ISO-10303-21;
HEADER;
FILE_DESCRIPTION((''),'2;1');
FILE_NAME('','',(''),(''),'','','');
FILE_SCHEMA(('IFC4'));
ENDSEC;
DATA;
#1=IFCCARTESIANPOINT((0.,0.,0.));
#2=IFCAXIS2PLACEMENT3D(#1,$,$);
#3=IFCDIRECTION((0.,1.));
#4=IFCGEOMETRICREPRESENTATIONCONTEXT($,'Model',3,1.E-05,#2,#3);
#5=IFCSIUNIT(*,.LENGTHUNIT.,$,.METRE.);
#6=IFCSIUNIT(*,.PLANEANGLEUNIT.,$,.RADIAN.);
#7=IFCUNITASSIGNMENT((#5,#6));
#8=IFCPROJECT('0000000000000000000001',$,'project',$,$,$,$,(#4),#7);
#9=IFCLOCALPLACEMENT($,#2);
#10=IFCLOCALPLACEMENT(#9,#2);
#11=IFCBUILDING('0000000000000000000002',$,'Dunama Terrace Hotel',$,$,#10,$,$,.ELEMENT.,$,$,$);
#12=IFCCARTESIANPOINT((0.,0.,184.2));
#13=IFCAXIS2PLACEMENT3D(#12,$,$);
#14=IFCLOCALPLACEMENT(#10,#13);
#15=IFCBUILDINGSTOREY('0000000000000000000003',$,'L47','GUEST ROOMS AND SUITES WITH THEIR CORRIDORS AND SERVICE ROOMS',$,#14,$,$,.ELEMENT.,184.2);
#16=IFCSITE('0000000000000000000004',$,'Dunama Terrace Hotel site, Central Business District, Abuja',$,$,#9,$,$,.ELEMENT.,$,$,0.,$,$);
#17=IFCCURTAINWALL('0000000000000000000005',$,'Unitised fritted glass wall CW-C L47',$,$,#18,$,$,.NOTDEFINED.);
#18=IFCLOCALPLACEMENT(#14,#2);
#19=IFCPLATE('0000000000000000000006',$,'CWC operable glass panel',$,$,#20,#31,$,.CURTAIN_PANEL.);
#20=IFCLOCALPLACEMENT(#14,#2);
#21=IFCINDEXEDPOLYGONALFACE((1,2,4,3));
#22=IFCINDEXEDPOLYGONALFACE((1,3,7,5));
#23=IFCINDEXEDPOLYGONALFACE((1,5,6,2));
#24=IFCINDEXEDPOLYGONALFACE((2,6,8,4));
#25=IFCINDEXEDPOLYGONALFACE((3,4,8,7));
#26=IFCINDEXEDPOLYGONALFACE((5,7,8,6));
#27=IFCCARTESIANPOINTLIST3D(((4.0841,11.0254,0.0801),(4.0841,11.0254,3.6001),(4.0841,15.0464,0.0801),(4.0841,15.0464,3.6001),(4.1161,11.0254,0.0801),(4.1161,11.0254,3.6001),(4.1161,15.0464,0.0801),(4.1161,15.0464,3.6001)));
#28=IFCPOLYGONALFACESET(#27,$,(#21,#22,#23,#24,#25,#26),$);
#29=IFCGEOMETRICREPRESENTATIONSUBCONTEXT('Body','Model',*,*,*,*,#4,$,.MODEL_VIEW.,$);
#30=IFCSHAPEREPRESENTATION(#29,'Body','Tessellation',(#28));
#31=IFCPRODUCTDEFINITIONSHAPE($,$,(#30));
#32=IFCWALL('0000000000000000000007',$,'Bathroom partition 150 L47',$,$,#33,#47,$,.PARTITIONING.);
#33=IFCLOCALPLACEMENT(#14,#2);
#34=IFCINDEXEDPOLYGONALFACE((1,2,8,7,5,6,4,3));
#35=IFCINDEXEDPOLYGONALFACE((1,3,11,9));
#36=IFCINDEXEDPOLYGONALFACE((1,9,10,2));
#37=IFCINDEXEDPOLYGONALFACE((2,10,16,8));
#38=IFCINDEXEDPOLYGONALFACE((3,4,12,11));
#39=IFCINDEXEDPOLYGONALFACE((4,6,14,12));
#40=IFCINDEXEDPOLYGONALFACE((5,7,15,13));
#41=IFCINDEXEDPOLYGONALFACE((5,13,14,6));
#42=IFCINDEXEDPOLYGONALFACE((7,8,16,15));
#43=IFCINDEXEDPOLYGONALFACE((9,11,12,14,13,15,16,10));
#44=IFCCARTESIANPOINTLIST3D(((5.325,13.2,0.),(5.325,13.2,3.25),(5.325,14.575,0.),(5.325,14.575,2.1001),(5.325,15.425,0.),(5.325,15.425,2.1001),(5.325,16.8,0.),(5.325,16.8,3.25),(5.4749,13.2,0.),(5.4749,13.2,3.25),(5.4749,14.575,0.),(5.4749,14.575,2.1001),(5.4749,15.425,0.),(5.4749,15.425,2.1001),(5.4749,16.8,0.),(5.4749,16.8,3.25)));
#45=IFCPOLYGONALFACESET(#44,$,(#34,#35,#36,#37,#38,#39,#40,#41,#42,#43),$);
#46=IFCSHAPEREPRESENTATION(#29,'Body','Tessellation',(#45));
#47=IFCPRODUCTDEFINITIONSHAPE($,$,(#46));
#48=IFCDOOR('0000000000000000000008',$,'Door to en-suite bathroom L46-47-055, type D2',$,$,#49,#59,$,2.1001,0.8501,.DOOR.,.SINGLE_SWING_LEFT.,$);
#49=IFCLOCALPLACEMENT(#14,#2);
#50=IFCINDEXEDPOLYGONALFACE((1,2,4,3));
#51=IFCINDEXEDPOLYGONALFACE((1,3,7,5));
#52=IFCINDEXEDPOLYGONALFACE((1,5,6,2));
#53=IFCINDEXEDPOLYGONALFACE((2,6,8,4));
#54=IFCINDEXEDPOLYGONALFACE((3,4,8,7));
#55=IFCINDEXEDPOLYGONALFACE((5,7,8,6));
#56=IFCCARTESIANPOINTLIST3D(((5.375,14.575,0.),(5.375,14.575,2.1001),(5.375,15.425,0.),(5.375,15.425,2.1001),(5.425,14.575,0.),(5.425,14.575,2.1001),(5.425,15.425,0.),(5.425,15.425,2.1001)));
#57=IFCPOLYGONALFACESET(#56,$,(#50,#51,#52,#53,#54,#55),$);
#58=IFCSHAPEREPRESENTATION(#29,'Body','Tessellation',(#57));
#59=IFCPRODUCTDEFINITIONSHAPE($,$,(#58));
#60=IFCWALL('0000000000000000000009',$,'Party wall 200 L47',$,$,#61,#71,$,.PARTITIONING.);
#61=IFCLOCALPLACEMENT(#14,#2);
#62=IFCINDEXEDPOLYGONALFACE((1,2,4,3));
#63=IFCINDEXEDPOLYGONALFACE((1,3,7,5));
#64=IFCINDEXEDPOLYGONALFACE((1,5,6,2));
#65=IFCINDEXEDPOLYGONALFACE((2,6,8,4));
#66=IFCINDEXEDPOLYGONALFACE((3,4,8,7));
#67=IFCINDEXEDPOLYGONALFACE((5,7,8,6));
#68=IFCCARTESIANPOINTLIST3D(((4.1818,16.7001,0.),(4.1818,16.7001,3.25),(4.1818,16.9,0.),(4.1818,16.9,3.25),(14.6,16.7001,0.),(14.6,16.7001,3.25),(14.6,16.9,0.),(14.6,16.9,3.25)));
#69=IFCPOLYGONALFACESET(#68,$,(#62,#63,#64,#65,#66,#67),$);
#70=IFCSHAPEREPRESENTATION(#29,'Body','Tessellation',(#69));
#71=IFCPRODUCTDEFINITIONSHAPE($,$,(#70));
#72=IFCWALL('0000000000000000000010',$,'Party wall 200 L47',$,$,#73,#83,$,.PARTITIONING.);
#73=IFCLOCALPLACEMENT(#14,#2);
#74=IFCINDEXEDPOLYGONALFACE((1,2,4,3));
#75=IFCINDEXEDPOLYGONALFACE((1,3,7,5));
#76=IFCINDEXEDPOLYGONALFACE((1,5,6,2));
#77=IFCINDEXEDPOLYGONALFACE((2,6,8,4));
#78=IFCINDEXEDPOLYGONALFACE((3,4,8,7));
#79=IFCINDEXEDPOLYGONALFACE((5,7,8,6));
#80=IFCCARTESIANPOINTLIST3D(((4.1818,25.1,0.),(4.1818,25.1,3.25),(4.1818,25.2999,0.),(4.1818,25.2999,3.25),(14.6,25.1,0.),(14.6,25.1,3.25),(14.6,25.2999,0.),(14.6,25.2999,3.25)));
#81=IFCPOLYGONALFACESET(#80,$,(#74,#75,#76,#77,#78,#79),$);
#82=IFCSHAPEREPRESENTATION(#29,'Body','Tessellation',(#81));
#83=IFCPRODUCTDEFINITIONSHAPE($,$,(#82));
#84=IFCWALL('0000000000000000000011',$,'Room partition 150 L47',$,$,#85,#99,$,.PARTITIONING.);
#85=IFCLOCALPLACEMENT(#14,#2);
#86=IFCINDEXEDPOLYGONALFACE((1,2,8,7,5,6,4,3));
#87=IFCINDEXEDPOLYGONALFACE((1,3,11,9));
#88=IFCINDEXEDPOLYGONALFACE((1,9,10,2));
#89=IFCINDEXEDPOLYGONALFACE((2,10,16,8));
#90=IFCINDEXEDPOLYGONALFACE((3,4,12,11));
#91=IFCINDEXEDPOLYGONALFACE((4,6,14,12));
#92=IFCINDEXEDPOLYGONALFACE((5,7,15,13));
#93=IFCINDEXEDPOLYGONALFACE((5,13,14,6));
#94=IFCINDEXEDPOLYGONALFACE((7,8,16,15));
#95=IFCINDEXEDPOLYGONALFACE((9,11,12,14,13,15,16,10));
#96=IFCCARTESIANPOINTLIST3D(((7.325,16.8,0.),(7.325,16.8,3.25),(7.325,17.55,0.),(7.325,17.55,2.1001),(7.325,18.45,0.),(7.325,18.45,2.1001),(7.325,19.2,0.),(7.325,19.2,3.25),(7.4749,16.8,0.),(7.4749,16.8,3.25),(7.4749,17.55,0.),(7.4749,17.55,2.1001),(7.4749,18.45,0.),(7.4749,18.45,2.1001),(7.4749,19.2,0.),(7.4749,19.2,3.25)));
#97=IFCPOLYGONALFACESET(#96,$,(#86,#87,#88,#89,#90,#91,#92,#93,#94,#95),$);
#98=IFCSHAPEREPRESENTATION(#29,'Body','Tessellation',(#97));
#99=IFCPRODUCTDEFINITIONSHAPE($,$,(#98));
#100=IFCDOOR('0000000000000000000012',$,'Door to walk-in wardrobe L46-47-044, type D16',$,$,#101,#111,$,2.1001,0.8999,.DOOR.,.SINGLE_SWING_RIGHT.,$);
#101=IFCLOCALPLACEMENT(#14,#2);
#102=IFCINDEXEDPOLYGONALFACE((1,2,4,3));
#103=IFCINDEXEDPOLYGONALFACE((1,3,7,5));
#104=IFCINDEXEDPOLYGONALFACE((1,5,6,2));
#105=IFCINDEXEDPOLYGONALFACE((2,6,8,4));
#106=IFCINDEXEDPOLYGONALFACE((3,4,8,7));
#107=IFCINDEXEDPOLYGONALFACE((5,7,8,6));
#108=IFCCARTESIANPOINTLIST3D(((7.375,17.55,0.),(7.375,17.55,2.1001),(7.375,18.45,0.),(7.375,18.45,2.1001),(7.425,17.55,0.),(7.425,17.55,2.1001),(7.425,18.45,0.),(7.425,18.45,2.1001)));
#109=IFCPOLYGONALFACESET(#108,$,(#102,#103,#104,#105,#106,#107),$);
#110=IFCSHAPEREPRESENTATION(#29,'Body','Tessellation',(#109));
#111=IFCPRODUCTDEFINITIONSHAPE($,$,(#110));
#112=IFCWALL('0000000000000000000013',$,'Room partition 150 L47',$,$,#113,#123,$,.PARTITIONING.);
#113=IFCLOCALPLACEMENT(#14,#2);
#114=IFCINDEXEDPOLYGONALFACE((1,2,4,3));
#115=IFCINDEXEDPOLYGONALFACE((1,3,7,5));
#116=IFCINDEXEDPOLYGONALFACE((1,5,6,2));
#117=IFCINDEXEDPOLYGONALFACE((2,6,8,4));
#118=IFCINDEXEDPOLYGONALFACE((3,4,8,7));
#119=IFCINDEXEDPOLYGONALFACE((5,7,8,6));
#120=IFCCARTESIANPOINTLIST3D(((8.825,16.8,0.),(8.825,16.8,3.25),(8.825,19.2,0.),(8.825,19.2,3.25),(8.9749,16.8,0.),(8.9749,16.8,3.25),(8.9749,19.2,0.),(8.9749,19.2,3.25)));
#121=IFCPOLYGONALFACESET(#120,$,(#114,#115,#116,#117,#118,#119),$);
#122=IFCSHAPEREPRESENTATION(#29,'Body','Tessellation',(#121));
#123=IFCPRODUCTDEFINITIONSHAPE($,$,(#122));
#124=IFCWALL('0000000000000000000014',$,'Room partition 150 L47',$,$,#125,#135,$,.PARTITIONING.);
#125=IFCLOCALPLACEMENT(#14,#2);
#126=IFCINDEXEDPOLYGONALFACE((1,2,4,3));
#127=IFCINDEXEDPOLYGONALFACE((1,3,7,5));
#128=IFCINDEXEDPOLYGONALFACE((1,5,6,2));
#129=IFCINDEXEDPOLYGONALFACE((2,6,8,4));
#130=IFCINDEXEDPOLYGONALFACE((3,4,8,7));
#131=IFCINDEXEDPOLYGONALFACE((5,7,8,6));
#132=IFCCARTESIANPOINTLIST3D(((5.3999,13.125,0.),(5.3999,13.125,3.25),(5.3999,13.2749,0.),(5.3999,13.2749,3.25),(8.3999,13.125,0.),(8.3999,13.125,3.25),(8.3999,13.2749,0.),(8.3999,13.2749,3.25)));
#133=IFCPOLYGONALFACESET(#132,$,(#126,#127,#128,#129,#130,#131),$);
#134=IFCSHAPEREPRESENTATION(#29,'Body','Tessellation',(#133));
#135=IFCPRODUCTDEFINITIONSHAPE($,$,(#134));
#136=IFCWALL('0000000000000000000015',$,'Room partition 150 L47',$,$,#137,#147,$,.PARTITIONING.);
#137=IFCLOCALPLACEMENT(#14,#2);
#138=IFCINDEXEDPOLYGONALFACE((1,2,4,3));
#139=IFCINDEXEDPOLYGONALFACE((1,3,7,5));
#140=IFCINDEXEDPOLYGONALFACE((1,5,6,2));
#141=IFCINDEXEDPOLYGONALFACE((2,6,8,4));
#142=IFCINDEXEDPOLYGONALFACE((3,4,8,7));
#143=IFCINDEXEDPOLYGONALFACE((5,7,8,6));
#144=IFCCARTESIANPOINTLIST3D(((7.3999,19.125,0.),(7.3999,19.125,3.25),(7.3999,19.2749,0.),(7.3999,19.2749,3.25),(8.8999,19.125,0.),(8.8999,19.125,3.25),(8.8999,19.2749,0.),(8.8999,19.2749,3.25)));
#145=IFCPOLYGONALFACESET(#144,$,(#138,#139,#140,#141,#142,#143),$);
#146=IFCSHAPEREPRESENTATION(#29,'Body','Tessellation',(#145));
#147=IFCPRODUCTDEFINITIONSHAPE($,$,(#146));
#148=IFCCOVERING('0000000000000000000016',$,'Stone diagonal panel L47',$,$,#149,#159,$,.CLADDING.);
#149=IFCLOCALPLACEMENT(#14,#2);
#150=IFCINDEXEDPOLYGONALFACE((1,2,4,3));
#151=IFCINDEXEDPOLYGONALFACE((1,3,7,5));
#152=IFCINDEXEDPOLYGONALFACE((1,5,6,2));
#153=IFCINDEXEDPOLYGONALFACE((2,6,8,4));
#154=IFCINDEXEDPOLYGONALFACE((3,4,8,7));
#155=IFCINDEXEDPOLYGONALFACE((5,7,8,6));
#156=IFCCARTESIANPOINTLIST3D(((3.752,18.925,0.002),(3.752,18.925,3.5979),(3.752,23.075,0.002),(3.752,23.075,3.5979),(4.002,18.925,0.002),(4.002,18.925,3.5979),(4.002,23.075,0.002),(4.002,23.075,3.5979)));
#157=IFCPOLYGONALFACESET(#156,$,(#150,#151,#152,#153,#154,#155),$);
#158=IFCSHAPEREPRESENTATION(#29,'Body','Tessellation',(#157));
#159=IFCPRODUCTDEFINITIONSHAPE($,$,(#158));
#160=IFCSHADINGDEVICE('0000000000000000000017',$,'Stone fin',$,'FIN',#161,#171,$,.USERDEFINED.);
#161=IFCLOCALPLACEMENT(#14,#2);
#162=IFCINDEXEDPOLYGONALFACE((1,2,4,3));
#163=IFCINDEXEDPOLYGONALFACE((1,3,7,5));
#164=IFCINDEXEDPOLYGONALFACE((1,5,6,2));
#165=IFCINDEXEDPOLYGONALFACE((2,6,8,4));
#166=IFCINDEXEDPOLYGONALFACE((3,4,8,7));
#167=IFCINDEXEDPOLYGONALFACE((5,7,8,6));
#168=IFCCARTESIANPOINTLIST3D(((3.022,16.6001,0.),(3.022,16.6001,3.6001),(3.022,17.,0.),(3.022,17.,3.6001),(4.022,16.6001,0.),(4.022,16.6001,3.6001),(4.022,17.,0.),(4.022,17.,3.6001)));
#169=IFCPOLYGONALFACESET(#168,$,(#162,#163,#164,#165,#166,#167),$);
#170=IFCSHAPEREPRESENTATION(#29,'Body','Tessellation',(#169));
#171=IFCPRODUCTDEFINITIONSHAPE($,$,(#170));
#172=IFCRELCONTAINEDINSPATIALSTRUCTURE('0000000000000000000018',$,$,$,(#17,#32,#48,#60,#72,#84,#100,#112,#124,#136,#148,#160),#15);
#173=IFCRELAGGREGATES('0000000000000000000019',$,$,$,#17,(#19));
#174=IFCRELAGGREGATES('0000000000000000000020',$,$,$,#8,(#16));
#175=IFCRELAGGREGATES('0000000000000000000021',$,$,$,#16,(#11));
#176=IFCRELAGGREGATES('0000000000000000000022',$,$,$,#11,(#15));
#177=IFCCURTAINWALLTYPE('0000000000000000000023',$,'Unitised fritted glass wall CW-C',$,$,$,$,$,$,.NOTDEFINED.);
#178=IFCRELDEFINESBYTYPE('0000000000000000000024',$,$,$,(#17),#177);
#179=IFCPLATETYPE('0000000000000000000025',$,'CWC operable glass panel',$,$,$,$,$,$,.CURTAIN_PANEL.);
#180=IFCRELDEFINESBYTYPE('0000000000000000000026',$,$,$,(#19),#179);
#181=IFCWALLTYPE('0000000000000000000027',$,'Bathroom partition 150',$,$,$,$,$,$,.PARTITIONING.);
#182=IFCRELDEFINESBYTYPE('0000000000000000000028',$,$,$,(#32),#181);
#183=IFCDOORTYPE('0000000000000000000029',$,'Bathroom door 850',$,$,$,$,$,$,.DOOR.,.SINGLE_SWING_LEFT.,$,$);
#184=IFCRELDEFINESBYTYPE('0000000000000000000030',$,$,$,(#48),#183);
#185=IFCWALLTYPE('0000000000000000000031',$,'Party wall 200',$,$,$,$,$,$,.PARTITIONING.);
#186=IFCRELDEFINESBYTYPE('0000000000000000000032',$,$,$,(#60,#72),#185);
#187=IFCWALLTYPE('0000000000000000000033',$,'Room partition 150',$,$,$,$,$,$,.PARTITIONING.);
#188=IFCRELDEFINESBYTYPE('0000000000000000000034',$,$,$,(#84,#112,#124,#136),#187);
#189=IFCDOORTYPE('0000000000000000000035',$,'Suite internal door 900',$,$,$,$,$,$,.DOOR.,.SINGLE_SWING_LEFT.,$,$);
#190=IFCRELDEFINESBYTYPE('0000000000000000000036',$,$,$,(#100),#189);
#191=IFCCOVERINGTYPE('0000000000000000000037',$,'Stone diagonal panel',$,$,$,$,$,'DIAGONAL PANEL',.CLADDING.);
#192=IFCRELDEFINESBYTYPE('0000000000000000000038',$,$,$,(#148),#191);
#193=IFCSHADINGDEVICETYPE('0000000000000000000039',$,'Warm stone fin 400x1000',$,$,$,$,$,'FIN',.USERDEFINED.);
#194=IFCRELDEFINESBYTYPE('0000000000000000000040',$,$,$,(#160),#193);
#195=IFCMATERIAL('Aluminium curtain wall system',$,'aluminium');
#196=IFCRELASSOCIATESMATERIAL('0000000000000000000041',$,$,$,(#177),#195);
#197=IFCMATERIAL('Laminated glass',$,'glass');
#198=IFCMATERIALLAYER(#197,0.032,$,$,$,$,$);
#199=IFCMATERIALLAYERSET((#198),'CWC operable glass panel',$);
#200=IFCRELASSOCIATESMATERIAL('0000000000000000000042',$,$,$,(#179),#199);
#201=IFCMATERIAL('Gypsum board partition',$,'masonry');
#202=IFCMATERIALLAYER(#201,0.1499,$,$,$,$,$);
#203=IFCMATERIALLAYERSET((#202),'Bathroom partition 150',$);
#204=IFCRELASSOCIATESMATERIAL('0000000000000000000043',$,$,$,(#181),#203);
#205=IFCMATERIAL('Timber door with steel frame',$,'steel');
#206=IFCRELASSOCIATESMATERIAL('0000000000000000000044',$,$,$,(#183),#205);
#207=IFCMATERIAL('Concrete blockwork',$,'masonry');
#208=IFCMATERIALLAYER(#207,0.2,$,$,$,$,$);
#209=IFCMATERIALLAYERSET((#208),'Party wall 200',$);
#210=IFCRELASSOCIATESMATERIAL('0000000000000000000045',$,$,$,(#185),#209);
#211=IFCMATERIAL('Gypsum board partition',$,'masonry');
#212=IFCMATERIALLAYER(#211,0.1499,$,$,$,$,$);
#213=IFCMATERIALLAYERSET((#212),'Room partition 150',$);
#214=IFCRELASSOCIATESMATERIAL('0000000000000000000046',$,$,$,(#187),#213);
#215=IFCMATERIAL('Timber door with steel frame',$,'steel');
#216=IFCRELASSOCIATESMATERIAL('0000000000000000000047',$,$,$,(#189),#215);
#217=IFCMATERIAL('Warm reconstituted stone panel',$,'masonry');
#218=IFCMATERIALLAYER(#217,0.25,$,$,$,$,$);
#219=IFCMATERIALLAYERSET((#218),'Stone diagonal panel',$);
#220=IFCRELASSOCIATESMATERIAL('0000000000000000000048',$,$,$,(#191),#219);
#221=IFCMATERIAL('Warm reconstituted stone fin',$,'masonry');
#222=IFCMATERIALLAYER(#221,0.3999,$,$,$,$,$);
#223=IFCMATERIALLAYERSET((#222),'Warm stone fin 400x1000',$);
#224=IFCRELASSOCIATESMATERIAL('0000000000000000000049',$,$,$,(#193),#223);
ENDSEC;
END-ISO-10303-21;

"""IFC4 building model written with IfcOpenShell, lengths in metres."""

from ifc_helpers import new_model, si_unit, direction, frame, frame_2d, origin, origin_2d, place, context, subcontext, project, spatial, rectangle, extrude, material, layer, layer_set, type_object, element, fill, aggregate, save


model = new_model("IFC4")

# Units and contexts
model_context = context("Model", 3, precision=1e-05, world=origin(), true_north=direction((0.0, 1.0)))
body_context = subcontext(model_context, "Body", "Model", "MODEL_VIEW")
ifc_project = project(units=[si_unit("LENGTHUNIT", "METRE"), si_unit("PLANEANGLEUNIT", "RADIAN")], contexts=[model_context])

# Site, building, storey
site_placement = place(None, origin())
site = spatial("IfcSite", under=ifc_project, at=site_placement, Name="Dunama Terrace Hotel site, Central Business District, Abuja", CompositionType="ELEMENT", RefElevation=0.0)
building_placement = place(site_placement, origin())
building = spatial("IfcBuilding", under=site, at=building_placement, Name="Dunama Terrace Hotel", CompositionType="ELEMENT")
storey_placement = place(building_placement, frame((0.0, 0.0, 184.2)))
storey = spatial("IfcBuildingStorey", under=building, at=storey_placement, Name="L47", Description="GUEST ROOMS AND SUITES WITH THEIR CORRIDORS AND SERVICE ROOMS", CompositionType="ELEMENT", Elevation=184.2)

# Curtain wall
ifc_material_1 = material(Name="Aluminium curtain wall system", Category="aluminium")
curtain_wall_type = type_object("IfcCurtainWallType", Name="Unitised fritted glass wall CW-C", PredefinedType="NOTDEFINED", material=ifc_material_1)
curtain_wall_placement = place(storey_placement, origin())
curtain_wall = element("IfcCurtainWall", 1, at=curtain_wall_placement, inside=storey, type_object=curtain_wall_type, Name="Unitised fritted glass wall CW-C L47", PredefinedType="NOTDEFINED")

# Plate
ifc_material_2 = material(Name="Laminated glass", Category="glass")
ifc_layer_1 = layer(ifc_material_2, 0.032)
ifc_layer_set_1 = layer_set([ifc_layer_1], Name="CWC operable glass panel")
plate_type_1 = type_object("IfcPlateType", Name="CWC operable glass panel", PredefinedType="CURTAIN_PANEL", material=ifc_layer_set_1)
plate_1_placement = place(storey_placement, frame((4.1001, 13.0359, 0.0801), z_axis=(0.0, 0.0, 1.0), x_axis=(0.0, -1.0, 0.0)))
plate_1 = element("IfcPlate", 2, at=plate_1_placement, type_object=plate_type_1, Name="CWC operable glass panel", PredefinedType="CURTAIN_PANEL", context=body_context, shape_type="SweptSolid", body=[
    extrude(rectangle(XDim=4.021, YDim=0.032, at=origin_2d()), origin(), (0.0, 0.0, 1.0), 3.52),
])
aggregate(curtain_wall, [plate_1])

# Wall, opening, door
ifc_material_3 = material(Name="Gypsum board partition", Category="masonry")
ifc_layer_2 = layer(ifc_material_3, 0.1499)
ifc_layer_set_2 = layer_set([ifc_layer_2], Name="Bathroom partition 150")
wall_type_1 = type_object("IfcWallType", Name="Bathroom partition 150", PredefinedType="PARTITIONING", material=ifc_layer_set_2)
wall_1_placement = place(storey_placement, frame((5.3999, 13.2, 0.0), z_axis=(0.0, 0.0, 1.0), x_axis=(0.0, 1.0, 0.0)))
wall_1 = element("IfcWall", 3, at=wall_1_placement, inside=storey, type_object=wall_type_1, Name="Bathroom partition 150 L47", PredefinedType="PARTITIONING", context=body_context, shape_type="SweptSolid", body=[
    extrude(rectangle(XDim=3.6001, YDim=0.1499, at=frame_2d((1.8, 0.0))), origin(), (0.0, 0.0, 1.0), 3.25),
])
opening_1_placement = place(wall_1_placement, frame((1.375, 0.0, 0.0)))
opening_1 = element("IfcOpeningElement", 4, at=opening_1_placement, cuts=wall_1, PredefinedType="OPENING", context=body_context, shape_type="SweptSolid", body=[
    extrude(rectangle(XDim=0.8501, YDim=2.1001, at=frame_2d((0.425, 1.05))), frame((0.0, 0.085, 0.0), z_axis=(0.0, -1.0, 0.0), x_axis=(1.0, 0.0, 0.0)), (0.0, 0.0, 1.0), 0.1699),
])
ifc_material_4 = material(Name="Timber door with steel frame", Category="steel")
door_type_1 = type_object("IfcDoorType", Name="Bathroom door 850", OperationType="SINGLE_SWING_LEFT", PredefinedType="DOOR", material=ifc_material_4)
door_1_placement = place(opening_1_placement, frame((0.8501, 0.0, 0.0), z_axis=(0.0, 0.0, 1.0), x_axis=(-1.0, 0.0, 0.0)))
door_1 = element("IfcDoor", 5, at=door_1_placement, inside=storey, type_object=door_type_1, Name="Door to en-suite bathroom L46-47-055, type D2", OperationType="SINGLE_SWING_LEFT", OverallHeight=2.1001, OverallWidth=0.8501, PredefinedType="DOOR", context=body_context, shape_type="SweptSolid", body=[
    extrude(rectangle(XDim=0.8501, YDim=2.1001, at=frame_2d((0.425, 1.05))), frame((0.0, 0.0251, 0.0), z_axis=(0.0, -1.0, 0.0), x_axis=(1.0, 0.0, 0.0)), (0.0, 0.0, 1.0), 0.05),
])
fill(opening_1, door_1)

# Walls
ifc_material_5 = material(Name="Concrete blockwork", Category="masonry")
ifc_layer_3 = layer(ifc_material_5, 0.2)
ifc_layer_set_3 = layer_set([ifc_layer_3], Name="Party wall 200")
wall_type_2 = type_object("IfcWallType", Name="Party wall 200", PredefinedType="PARTITIONING", material=ifc_layer_set_3)
for number, where, z_axis, x_axis, name in (
    (6, (4.1819, 16.8, 0.0), (0.0, 0.0, 1.0), (1.0, 0.0, 0.0), "Party wall 200 L47"),
    (7, (4.1819, 25.2, 0.0), (0.0, 0.0, 1.0), (1.0, 0.0, 0.0), "Party wall 200 L47"),
):
    element("IfcWall", number, at=place(storey_placement, frame(where, z_axis=z_axis, x_axis=x_axis)), inside=storey, type_object=wall_type_2, Name=name, PredefinedType="PARTITIONING", context=body_context, shape_type="SweptSolid", body=[
        extrude(rectangle(XDim=10.4182, YDim=0.2, at=frame_2d((5.209, 0.0))), origin(), (0.0, 0.0, 1.0), 3.25),
    ])

# Wall, opening, door
ifc_material_6 = material(Name="Gypsum board partition", Category="masonry")
ifc_layer_4 = layer(ifc_material_6, 0.1499)
ifc_layer_set_4 = layer_set([ifc_layer_4], Name="Room partition 150")
wall_type_3 = type_object("IfcWallType", Name="Room partition 150", PredefinedType="PARTITIONING", material=ifc_layer_set_4)
wall_2_placement = place(storey_placement, frame((7.3999, 16.8, 0.0), z_axis=(0.0, 0.0, 1.0), x_axis=(0.0, 1.0, 0.0)))
wall_2 = element("IfcWall", 8, at=wall_2_placement, inside=storey, type_object=wall_type_3, Name="Room partition 150 L47", PredefinedType="PARTITIONING", context=body_context, shape_type="SweptSolid", body=[
    extrude(rectangle(XDim=2.3999, YDim=0.1499, at=frame_2d((1.2, 0.0))), origin(), (0.0, 0.0, 1.0), 3.25),
])
opening_2_placement = place(wall_2_placement, frame((0.75, 0.0, 0.0)))
opening_2 = element("IfcOpeningElement", 9, at=opening_2_placement, cuts=wall_2, PredefinedType="OPENING", context=body_context, shape_type="SweptSolid", body=[
    extrude(rectangle(XDim=0.8999, YDim=2.1001, at=frame_2d((0.45, 1.05))), frame((0.0, 0.085, 0.0), z_axis=(0.0, -1.0, 0.0), x_axis=(1.0, 0.0, 0.0)), (0.0, 0.0, 1.0), 0.1699),
])
ifc_material_7 = material(Name="Timber door with steel frame", Category="steel")
door_type_2 = type_object("IfcDoorType", Name="Suite internal door 900", OperationType="SINGLE_SWING_LEFT", PredefinedType="DOOR", material=ifc_material_7)
door_2_placement = place(opening_2_placement, frame((0.8999, 0.0, 0.0), z_axis=(0.0, 0.0, 1.0), x_axis=(-1.0, 0.0, 0.0)))
door_2 = element("IfcDoor", 10, at=door_2_placement, inside=storey, type_object=door_type_2, Name="Door to walk-in wardrobe L46-47-044, type D16", OperationType="SINGLE_SWING_RIGHT", OverallHeight=2.1001, OverallWidth=0.8999, PredefinedType="DOOR", context=body_context, shape_type="SweptSolid", body=[
    extrude(rectangle(XDim=0.8999, YDim=2.1001, at=frame_2d((0.45, 1.05))), frame((0.0, 0.0251, 0.0), z_axis=(0.0, -1.0, 0.0), x_axis=(1.0, 0.0, 0.0)), (0.0, 0.0, 1.0), 0.05),
])
fill(opening_2, door_2)

# Walls
wall_3_placement = place(storey_placement, frame((8.8999, 16.8, 0.0), z_axis=(0.0, 0.0, 1.0), x_axis=(0.0, 1.0, 0.0)))
element("IfcWall", 11, at=wall_3_placement, inside=storey, type_object=wall_type_3, Name="Room partition 150 L47", PredefinedType="PARTITIONING", context=body_context, shape_type="SweptSolid", body=[
    extrude(rectangle(XDim=2.3999, YDim=0.1499, at=frame_2d((1.2, 0.0))), origin(), (0.0, 0.0, 1.0), 3.25),
])
wall_4_placement = place(storey_placement, frame((5.3999, 13.2, 0.0), z_axis=(0.0, 0.0, 1.0), x_axis=(1.0, 0.0, 0.0)))
element("IfcWall", 12, at=wall_4_placement, inside=storey, type_object=wall_type_3, Name="Room partition 150 L47", PredefinedType="PARTITIONING", context=body_context, shape_type="SweptSolid", body=[
    extrude(rectangle(XDim=3.0, YDim=0.1499, at=frame_2d((1.5, 0.0))), origin(), (0.0, 0.0, 1.0), 3.25),
])
wall_5_placement = place(storey_placement, frame((7.3999, 19.2, 0.0), z_axis=(0.0, 0.0, 1.0), x_axis=(1.0, 0.0, 0.0)))
element("IfcWall", 13, at=wall_5_placement, inside=storey, type_object=wall_type_3, Name="Room partition 150 L47", PredefinedType="PARTITIONING", context=body_context, shape_type="SweptSolid", body=[
    extrude(rectangle(XDim=1.5, YDim=0.1499, at=frame_2d((0.75, 0.0))), origin(), (0.0, 0.0, 1.0), 3.25),
])

# Covering
ifc_material_8 = material(Name="Warm reconstituted stone panel", Category="masonry")
ifc_layer_5 = layer(ifc_material_8, 0.25)
ifc_layer_set_5 = layer_set([ifc_layer_5], Name="Stone diagonal panel")
covering_type = type_object("IfcCoveringType", Name="Stone diagonal panel", ElementType="DIAGONAL PANEL", PredefinedType="CLADDING", material=ifc_layer_set_5)
covering_placement = place(storey_placement, frame((3.877, 21.0, 0.002), z_axis=(0.0, 0.0, 1.0), x_axis=(0.0, -1.0, 0.0)))
element("IfcCovering", 14, at=covering_placement, inside=storey, type_object=covering_type, Name="Stone diagonal panel L47", PredefinedType="CLADDING", context=body_context, shape_type="SweptSolid", body=[
    extrude(rectangle(XDim=4.1499, YDim=0.25, at=origin_2d()), origin(), (0.0, 0.0, 1.0), 3.5959),
])

# Shading device
ifc_material_9 = material(Name="Warm reconstituted stone fin", Category="masonry")
ifc_layer_6 = layer(ifc_material_9, 0.3999)
ifc_layer_set_6 = layer_set([ifc_layer_6], Name="Warm stone fin 400x1000")
shading_device_type = type_object("IfcShadingDeviceType", Name="Warm stone fin 400x1000", ElementType="FIN", PredefinedType="USERDEFINED", material=ifc_layer_set_6)
shading_device_placement = place(storey_placement, frame((3.522, 16.8, 0.0), z_axis=(0.0, 0.0, 1.0), x_axis=(0.0, -1.0, 0.0)))
element("IfcShadingDevice", 15, at=shading_device_placement, inside=storey, type_object=shading_device_type, Name="Stone fin", ObjectType="FIN", PredefinedType="USERDEFINED", context=body_context, shape_type="SweptSolid", body=[
    extrude(rectangle(XDim=0.3999, YDim=1.0, at=origin_2d()), origin(), (0.0, 0.0, 1.0), 3.6001),
])

save(model, "model.ifc")
